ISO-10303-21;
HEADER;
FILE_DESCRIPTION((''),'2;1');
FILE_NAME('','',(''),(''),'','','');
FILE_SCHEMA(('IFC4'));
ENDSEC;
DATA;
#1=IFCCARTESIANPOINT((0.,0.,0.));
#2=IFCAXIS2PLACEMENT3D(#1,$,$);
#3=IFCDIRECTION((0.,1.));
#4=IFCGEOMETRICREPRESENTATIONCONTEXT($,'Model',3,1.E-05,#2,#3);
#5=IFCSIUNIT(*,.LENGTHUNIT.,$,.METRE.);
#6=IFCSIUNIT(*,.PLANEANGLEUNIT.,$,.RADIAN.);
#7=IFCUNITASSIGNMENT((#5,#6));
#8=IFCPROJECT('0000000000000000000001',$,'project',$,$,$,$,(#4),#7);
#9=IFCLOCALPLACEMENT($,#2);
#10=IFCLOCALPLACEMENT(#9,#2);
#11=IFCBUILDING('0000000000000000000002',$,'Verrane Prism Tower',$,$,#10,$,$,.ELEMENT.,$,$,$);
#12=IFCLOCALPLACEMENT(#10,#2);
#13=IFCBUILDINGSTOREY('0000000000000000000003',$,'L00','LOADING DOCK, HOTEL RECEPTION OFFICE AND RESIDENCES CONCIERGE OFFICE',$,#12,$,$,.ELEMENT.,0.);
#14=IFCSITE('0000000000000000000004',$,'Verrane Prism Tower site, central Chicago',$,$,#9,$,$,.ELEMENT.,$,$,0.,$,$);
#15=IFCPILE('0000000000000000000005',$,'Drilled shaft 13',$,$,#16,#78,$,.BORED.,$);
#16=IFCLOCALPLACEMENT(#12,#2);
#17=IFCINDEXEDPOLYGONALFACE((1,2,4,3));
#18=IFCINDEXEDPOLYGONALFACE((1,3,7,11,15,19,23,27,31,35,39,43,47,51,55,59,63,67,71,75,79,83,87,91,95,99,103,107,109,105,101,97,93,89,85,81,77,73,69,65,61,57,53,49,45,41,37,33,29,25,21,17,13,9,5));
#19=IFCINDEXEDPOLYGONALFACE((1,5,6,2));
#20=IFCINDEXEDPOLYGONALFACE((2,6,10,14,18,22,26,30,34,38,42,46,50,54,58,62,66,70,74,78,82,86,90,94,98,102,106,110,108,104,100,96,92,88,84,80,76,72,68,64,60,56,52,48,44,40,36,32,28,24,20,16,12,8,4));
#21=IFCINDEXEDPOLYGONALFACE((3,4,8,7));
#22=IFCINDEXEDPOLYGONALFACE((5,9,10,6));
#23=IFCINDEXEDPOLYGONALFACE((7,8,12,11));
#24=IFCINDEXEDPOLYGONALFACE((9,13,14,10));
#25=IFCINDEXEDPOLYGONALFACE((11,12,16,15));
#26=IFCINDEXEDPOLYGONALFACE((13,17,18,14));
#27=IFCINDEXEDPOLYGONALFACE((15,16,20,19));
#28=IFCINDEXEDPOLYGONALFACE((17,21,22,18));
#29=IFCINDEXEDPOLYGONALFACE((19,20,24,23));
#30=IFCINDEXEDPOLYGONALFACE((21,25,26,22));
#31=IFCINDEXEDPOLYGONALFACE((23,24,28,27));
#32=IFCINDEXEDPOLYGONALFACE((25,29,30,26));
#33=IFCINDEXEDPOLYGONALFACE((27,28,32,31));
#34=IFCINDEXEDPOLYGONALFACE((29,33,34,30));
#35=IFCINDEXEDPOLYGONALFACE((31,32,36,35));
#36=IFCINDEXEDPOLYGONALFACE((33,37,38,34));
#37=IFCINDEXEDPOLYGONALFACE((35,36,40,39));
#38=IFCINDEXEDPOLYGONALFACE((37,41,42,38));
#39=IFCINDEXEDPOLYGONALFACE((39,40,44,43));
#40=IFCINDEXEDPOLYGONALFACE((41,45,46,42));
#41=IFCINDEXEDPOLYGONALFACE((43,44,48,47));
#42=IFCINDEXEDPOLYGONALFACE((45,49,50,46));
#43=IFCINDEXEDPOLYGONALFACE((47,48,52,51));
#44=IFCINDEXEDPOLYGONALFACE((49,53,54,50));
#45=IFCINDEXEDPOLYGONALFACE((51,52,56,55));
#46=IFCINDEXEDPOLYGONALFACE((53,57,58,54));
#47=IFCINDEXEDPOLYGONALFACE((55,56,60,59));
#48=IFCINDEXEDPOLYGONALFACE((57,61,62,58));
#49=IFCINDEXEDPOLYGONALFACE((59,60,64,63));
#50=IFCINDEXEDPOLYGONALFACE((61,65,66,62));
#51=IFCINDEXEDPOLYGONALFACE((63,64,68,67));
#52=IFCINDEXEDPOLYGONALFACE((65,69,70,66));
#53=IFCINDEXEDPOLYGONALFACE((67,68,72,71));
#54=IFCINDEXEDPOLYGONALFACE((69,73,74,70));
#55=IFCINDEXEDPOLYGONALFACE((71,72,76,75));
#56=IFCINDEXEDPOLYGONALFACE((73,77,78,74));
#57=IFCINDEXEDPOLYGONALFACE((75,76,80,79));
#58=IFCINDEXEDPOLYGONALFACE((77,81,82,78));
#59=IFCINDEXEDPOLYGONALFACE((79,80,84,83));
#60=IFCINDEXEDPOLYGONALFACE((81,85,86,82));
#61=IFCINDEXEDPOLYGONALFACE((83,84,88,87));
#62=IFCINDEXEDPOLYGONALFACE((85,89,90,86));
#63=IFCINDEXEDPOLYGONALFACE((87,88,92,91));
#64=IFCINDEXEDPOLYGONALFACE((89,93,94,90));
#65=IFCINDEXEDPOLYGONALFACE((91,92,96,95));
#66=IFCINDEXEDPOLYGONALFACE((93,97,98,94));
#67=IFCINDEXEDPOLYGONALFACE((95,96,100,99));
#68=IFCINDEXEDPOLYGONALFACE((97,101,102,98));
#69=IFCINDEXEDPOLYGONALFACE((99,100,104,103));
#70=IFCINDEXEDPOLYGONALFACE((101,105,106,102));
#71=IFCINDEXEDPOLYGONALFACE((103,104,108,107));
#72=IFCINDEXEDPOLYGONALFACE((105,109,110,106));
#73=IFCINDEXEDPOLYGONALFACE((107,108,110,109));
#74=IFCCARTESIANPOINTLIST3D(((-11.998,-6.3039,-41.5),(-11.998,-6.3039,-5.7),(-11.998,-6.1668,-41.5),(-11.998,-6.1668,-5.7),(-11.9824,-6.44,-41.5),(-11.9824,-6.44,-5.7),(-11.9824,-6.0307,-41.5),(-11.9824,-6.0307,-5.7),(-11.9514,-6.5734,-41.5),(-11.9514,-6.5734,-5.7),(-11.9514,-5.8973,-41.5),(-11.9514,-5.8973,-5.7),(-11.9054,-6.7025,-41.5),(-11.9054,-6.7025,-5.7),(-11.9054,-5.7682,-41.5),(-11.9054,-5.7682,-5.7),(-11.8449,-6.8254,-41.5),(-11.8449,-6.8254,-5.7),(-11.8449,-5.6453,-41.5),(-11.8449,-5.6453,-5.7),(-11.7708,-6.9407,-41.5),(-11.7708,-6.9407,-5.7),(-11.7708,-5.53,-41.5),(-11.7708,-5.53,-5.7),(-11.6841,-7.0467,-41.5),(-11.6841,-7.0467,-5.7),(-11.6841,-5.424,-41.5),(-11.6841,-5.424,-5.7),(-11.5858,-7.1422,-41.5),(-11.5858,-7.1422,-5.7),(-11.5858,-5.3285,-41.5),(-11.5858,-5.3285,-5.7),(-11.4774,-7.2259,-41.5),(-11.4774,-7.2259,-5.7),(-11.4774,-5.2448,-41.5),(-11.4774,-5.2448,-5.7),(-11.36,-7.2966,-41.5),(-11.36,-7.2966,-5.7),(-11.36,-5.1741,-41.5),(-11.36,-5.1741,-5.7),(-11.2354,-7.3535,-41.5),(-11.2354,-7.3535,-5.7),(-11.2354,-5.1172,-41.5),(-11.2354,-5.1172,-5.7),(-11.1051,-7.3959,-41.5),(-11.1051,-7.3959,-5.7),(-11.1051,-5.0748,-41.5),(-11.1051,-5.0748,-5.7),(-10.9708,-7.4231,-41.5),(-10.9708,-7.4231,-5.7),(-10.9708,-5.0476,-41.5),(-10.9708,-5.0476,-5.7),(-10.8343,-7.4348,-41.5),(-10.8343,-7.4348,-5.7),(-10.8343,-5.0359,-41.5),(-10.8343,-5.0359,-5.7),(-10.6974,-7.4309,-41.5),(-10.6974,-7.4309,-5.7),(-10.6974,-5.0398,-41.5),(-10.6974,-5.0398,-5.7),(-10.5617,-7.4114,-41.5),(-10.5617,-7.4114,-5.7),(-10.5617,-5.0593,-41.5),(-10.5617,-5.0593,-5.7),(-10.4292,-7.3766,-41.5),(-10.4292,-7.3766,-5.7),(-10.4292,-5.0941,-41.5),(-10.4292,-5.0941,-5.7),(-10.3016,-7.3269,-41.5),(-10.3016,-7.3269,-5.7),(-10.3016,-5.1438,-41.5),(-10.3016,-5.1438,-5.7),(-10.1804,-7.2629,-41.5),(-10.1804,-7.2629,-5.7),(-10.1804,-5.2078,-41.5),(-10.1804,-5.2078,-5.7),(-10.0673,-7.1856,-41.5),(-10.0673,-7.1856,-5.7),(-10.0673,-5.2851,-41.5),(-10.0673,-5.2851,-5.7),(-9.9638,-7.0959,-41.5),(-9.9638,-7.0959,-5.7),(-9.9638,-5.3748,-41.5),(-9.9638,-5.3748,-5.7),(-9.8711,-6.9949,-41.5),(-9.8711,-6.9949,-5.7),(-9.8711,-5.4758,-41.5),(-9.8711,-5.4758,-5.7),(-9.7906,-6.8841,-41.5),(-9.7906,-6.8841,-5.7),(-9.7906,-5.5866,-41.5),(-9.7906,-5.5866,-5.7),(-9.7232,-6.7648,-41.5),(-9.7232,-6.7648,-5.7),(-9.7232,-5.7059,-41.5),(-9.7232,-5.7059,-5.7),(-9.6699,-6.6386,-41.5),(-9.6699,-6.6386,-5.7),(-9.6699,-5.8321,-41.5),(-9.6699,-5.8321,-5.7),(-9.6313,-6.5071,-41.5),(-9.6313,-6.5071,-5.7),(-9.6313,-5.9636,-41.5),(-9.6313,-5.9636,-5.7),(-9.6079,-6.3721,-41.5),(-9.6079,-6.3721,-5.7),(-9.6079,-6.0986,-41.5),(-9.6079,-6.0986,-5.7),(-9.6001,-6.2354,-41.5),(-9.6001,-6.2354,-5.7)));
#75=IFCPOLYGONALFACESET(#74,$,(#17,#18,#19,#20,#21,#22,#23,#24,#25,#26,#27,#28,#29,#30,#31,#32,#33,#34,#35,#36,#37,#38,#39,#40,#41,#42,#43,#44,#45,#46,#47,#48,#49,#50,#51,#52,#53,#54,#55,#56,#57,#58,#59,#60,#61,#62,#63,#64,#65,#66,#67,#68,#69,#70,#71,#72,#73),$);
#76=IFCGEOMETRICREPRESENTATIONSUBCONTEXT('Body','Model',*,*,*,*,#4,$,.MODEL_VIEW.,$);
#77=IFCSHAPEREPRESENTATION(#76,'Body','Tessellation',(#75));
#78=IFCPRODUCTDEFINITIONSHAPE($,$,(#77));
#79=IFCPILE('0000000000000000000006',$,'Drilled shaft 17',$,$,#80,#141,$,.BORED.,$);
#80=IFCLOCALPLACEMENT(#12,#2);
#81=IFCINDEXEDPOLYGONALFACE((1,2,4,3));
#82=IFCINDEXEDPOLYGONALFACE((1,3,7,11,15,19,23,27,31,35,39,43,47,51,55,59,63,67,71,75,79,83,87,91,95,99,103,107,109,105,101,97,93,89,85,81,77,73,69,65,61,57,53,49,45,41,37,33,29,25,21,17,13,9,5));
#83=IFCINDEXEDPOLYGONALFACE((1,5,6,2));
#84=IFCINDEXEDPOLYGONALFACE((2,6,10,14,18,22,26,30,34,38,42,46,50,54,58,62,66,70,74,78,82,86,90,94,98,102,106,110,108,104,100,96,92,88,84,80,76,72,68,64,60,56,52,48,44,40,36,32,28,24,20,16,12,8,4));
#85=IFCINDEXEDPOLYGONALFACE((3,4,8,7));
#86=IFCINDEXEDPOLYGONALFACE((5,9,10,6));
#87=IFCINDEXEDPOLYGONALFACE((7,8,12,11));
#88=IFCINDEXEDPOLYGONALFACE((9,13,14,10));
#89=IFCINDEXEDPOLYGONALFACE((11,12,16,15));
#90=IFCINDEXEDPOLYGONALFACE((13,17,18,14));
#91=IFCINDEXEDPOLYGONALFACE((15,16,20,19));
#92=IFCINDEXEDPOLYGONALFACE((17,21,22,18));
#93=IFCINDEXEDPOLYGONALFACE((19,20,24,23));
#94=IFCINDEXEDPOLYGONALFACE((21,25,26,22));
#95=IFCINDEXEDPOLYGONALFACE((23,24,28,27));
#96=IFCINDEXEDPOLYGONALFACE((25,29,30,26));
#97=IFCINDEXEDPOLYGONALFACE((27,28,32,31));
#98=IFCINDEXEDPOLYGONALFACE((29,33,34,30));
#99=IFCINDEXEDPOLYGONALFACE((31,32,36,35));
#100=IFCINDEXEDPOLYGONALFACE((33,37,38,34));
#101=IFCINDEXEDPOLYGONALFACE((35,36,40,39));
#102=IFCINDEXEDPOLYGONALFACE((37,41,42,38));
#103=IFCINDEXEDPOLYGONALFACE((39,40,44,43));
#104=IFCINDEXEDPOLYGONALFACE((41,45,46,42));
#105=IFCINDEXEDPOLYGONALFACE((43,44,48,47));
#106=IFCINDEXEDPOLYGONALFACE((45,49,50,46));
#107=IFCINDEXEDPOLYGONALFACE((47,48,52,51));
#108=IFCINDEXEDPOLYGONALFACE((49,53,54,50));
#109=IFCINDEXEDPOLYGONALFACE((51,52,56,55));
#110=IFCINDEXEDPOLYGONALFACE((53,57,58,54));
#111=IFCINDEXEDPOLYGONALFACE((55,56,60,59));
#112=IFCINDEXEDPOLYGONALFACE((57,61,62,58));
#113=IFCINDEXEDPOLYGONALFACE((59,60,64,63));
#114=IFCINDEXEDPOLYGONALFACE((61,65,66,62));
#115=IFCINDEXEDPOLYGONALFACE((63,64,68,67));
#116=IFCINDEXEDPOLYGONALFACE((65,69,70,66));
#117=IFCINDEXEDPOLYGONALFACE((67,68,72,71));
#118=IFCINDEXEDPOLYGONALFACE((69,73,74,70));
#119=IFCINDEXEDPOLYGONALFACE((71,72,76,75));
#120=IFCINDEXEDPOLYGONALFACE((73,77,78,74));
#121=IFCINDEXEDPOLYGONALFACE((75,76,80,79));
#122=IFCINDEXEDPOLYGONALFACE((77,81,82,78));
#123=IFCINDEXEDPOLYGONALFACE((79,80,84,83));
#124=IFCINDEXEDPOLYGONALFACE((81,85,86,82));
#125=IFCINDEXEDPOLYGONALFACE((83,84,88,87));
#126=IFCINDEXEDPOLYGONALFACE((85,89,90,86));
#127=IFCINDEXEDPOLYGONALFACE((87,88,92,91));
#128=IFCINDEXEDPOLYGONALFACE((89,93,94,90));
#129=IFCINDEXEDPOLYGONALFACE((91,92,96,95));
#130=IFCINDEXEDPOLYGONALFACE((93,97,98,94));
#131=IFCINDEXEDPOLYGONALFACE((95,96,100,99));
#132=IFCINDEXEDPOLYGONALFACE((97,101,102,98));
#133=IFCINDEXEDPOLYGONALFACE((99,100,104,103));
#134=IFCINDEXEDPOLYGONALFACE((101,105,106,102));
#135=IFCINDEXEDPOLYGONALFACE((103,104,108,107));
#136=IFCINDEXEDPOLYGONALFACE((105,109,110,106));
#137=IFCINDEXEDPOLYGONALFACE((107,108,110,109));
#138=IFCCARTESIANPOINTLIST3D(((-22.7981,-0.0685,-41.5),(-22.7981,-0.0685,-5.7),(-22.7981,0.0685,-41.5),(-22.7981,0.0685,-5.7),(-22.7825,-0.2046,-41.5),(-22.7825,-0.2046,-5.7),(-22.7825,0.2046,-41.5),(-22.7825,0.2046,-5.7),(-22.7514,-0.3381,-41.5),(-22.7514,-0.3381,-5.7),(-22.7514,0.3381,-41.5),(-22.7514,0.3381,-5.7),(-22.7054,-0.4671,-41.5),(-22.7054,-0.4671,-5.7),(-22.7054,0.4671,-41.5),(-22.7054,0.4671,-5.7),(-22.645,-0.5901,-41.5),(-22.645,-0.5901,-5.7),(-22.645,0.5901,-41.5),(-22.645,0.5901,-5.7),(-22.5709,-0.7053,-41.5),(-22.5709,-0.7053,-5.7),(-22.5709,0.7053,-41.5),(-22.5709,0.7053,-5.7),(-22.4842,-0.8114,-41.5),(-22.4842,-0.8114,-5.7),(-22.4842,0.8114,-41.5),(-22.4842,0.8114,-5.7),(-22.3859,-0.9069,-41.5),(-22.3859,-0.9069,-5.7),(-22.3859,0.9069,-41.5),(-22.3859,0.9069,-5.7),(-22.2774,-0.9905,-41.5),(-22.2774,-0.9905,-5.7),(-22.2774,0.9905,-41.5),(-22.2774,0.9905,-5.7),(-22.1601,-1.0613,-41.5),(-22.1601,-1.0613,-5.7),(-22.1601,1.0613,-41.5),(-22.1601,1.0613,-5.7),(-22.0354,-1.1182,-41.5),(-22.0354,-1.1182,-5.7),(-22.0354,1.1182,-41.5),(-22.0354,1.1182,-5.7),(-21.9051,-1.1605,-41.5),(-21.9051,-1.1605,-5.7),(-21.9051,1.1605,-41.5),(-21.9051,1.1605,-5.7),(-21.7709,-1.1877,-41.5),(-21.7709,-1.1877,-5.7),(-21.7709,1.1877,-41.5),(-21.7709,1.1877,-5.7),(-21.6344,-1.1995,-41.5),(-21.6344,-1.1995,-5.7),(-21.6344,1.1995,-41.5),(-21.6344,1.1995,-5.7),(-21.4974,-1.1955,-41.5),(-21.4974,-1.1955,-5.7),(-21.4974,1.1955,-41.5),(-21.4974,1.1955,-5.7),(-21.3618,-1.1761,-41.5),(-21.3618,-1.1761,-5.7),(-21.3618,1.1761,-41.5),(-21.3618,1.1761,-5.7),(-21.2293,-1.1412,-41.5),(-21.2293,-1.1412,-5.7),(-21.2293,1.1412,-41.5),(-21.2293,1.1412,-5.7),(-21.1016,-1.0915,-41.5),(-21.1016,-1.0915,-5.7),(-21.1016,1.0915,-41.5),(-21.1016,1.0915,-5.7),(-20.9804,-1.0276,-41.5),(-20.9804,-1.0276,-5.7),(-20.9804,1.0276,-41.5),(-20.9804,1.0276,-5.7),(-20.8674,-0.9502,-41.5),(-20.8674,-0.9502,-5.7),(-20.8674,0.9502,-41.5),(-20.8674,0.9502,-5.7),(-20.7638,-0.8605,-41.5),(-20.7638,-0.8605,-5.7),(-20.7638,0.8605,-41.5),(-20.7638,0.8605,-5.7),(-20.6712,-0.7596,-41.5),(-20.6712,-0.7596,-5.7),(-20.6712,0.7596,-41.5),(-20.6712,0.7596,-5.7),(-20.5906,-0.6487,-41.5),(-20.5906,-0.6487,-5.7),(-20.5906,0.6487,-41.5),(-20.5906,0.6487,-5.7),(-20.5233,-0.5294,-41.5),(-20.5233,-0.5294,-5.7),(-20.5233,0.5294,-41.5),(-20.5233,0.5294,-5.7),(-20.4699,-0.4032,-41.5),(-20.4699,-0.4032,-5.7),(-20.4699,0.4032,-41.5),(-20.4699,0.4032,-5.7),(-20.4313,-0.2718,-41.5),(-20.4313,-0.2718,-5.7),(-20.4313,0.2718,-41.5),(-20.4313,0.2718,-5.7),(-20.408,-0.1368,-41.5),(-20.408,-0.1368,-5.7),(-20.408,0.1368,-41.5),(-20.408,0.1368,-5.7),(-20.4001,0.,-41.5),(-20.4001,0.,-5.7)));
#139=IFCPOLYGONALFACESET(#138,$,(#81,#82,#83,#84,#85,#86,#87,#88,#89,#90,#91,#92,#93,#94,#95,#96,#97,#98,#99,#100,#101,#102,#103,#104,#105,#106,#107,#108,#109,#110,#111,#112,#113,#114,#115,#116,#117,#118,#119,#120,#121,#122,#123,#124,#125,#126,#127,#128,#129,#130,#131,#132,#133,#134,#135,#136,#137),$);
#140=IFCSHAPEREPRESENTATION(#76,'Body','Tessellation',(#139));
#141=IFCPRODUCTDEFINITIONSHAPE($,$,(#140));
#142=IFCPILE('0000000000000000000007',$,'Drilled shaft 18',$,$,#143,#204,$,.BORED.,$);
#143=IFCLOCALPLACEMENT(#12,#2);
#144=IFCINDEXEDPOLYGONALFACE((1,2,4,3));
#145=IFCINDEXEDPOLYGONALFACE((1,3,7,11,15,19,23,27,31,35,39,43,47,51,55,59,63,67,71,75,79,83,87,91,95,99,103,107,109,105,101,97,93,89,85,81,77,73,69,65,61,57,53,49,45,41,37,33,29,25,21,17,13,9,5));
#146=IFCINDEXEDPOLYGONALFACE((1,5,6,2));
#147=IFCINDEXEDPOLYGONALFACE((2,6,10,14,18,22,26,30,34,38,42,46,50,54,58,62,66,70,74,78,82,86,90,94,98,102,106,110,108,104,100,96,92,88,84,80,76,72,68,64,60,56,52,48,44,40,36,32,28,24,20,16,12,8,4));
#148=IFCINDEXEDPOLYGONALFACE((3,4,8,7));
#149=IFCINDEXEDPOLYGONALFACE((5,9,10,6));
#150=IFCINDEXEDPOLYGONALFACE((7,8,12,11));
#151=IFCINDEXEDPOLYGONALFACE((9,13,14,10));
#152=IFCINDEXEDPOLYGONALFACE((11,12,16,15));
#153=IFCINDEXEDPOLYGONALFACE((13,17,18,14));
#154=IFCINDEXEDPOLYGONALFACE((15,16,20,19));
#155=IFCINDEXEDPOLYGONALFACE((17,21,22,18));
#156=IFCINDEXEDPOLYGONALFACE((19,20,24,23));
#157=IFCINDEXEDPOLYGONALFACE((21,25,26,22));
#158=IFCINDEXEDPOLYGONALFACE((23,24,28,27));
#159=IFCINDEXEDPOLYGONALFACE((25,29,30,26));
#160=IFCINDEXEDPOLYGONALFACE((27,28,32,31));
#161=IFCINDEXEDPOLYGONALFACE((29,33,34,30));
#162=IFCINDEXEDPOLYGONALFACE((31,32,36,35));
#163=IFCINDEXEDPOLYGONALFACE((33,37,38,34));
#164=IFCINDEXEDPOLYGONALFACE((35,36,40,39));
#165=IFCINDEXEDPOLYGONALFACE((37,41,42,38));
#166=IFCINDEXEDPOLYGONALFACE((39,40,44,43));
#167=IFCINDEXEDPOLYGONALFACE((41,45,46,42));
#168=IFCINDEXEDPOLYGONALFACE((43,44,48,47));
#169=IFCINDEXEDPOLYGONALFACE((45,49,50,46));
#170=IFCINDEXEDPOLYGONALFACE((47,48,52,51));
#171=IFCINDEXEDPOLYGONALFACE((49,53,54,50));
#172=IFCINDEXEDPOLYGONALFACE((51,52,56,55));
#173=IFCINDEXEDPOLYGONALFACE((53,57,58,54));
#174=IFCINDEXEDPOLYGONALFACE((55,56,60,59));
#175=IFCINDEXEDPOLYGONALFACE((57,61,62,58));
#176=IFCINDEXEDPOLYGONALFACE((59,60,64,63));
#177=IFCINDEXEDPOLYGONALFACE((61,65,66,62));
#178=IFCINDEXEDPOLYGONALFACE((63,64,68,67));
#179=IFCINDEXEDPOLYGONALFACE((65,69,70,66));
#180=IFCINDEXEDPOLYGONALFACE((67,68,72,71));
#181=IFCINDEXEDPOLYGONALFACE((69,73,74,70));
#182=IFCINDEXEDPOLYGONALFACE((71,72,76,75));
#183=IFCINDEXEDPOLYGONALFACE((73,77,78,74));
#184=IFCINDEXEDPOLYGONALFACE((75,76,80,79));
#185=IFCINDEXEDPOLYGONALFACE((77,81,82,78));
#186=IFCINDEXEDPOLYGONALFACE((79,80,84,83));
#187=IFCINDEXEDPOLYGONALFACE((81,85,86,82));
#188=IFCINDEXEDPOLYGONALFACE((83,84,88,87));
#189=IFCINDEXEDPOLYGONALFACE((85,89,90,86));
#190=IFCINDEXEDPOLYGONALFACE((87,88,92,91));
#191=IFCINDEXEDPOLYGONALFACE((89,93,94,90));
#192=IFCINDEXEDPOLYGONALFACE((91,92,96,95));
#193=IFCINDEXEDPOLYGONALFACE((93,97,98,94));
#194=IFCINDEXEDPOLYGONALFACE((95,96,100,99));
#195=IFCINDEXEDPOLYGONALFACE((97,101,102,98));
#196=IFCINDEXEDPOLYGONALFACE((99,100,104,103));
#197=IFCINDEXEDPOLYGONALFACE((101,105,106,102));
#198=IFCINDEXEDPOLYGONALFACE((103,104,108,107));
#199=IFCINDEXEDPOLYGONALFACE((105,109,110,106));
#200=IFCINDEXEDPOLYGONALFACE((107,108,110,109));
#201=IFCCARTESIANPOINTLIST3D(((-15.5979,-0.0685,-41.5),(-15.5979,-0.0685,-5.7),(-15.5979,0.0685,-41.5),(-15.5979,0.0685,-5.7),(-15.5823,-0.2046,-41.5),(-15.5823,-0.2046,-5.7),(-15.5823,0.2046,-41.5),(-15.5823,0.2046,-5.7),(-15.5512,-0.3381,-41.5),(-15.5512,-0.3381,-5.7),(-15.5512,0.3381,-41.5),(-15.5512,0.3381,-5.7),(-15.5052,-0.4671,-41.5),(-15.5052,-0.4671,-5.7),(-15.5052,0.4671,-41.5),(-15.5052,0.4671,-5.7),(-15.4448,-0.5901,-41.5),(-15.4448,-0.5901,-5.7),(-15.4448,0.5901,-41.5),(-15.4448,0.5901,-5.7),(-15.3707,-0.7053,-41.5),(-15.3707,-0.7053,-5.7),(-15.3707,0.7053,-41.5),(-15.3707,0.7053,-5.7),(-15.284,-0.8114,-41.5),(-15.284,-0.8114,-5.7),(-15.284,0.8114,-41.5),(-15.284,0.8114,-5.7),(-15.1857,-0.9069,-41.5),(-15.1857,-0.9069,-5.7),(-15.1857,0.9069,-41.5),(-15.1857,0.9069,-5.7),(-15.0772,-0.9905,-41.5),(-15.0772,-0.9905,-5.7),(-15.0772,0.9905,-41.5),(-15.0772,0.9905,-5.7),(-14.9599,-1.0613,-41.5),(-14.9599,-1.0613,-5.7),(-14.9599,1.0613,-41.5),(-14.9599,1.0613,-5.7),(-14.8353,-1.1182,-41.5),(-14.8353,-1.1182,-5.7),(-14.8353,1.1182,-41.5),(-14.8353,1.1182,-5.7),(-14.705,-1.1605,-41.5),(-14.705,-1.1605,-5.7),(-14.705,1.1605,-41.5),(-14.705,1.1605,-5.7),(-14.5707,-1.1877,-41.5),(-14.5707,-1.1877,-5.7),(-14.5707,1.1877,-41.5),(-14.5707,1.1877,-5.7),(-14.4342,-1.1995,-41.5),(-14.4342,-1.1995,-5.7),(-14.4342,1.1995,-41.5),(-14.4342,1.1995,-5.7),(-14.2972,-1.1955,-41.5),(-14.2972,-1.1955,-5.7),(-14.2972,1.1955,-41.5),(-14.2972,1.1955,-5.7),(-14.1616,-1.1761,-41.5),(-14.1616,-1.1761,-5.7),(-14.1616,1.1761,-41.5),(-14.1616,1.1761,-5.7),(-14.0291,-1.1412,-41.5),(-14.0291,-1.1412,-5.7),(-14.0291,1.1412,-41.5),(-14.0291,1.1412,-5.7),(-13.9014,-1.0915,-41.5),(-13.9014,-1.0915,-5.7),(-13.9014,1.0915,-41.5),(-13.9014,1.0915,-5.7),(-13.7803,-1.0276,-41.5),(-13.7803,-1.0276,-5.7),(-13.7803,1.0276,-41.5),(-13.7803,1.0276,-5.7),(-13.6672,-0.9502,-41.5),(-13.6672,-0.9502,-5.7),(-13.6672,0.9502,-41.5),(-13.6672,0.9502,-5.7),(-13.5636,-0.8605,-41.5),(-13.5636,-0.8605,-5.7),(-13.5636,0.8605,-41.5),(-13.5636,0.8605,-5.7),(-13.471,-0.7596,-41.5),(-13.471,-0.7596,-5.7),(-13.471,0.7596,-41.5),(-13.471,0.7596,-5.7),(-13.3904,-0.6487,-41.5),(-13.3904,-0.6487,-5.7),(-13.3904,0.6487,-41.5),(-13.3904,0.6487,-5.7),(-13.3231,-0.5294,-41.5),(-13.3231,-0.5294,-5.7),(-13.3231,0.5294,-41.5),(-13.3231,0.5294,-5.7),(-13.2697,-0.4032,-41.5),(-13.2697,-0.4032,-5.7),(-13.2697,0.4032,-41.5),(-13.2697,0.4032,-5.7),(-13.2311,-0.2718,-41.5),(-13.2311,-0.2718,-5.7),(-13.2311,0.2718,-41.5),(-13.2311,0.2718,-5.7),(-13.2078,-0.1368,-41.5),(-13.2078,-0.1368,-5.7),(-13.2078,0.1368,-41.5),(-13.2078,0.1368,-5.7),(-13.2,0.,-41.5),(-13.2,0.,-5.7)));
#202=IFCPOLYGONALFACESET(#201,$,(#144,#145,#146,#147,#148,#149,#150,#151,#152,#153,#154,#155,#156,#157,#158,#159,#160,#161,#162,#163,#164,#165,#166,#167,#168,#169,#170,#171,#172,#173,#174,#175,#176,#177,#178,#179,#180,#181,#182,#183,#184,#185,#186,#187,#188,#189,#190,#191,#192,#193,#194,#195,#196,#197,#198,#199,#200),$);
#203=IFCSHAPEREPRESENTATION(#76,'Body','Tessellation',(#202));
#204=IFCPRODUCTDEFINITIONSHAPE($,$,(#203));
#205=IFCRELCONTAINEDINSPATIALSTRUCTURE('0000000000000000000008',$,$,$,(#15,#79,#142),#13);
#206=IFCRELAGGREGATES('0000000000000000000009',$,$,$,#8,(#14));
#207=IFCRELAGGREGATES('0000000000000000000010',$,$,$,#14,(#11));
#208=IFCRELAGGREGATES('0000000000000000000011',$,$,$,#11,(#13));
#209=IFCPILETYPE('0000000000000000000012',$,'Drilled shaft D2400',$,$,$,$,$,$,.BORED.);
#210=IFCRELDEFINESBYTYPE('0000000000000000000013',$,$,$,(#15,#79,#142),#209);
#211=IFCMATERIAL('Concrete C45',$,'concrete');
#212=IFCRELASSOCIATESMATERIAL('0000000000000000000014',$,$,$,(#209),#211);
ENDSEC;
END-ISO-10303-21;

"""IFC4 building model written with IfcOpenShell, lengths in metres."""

from ifc_helpers import new_model, si_unit, direction, frame, origin, origin_2d, place, context, subcontext, project, spatial, circle, extrude, material, type_object, element, save


model = new_model("IFC4")

# Units and contexts
model_context = context("Model", 3, precision=1e-05, world=origin(), true_north=direction((0.0, 1.0)))
body_context = subcontext(model_context, "Body", "Model", "MODEL_VIEW")
ifc_project = project(units=[si_unit("LENGTHUNIT", "METRE"), si_unit("PLANEANGLEUNIT", "RADIAN")], contexts=[model_context])

# Site, building, storey
site_placement = place(None, origin())
site = spatial("IfcSite", under=ifc_project, at=site_placement, Name="Verrane Prism Tower site, central Chicago", CompositionType="ELEMENT", RefElevation=0.0)
building_placement = place(site_placement, origin())
building = spatial("IfcBuilding", under=site, at=building_placement, Name="Verrane Prism Tower", CompositionType="ELEMENT")
storey_placement = place(building_placement, origin())
storey = spatial("IfcBuildingStorey", under=building, at=storey_placement, Name="L00", Description="LOADING DOCK, HOTEL RECEPTION OFFICE AND RESIDENCES CONCIERGE OFFICE", CompositionType="ELEMENT", Elevation=0.0)

# Piles
ifc_material_1 = material(Name="Concrete C45", Category="concrete")
pile_type = type_object("IfcPileType", Name="Drilled shaft D2400", PredefinedType="BORED", material=ifc_material_1)
for number, where, z_axis, x_axis, name in (
    (1, (-10.8, -6.2354, -5.7), (0.0, 0.0, -1.0), (1.0, 0.0, 0.0), "Drilled shaft 13"),
    (2, (-21.6001, 0.0, -5.7), (0.0, 0.0, -1.0), (1.0, 0.0, 0.0), "Drilled shaft 17"),
    (3, (-14.3999, 0.0, -5.7), (0.0, 0.0, -1.0), (1.0, 0.0, 0.0), "Drilled shaft 18"),
):
    element("IfcPile", number, at=place(storey_placement, frame(where, z_axis=z_axis, x_axis=x_axis)), inside=storey, type_object=pile_type, Name=name, PredefinedType="BORED", context=body_context, shape_type="SweptSolid", body=[
        extrude(circle(Radius=1.2, at=origin_2d()), origin(), (0.0, 0.0, 1.0), 35.8),
    ])

save(model, "model.ifc")
